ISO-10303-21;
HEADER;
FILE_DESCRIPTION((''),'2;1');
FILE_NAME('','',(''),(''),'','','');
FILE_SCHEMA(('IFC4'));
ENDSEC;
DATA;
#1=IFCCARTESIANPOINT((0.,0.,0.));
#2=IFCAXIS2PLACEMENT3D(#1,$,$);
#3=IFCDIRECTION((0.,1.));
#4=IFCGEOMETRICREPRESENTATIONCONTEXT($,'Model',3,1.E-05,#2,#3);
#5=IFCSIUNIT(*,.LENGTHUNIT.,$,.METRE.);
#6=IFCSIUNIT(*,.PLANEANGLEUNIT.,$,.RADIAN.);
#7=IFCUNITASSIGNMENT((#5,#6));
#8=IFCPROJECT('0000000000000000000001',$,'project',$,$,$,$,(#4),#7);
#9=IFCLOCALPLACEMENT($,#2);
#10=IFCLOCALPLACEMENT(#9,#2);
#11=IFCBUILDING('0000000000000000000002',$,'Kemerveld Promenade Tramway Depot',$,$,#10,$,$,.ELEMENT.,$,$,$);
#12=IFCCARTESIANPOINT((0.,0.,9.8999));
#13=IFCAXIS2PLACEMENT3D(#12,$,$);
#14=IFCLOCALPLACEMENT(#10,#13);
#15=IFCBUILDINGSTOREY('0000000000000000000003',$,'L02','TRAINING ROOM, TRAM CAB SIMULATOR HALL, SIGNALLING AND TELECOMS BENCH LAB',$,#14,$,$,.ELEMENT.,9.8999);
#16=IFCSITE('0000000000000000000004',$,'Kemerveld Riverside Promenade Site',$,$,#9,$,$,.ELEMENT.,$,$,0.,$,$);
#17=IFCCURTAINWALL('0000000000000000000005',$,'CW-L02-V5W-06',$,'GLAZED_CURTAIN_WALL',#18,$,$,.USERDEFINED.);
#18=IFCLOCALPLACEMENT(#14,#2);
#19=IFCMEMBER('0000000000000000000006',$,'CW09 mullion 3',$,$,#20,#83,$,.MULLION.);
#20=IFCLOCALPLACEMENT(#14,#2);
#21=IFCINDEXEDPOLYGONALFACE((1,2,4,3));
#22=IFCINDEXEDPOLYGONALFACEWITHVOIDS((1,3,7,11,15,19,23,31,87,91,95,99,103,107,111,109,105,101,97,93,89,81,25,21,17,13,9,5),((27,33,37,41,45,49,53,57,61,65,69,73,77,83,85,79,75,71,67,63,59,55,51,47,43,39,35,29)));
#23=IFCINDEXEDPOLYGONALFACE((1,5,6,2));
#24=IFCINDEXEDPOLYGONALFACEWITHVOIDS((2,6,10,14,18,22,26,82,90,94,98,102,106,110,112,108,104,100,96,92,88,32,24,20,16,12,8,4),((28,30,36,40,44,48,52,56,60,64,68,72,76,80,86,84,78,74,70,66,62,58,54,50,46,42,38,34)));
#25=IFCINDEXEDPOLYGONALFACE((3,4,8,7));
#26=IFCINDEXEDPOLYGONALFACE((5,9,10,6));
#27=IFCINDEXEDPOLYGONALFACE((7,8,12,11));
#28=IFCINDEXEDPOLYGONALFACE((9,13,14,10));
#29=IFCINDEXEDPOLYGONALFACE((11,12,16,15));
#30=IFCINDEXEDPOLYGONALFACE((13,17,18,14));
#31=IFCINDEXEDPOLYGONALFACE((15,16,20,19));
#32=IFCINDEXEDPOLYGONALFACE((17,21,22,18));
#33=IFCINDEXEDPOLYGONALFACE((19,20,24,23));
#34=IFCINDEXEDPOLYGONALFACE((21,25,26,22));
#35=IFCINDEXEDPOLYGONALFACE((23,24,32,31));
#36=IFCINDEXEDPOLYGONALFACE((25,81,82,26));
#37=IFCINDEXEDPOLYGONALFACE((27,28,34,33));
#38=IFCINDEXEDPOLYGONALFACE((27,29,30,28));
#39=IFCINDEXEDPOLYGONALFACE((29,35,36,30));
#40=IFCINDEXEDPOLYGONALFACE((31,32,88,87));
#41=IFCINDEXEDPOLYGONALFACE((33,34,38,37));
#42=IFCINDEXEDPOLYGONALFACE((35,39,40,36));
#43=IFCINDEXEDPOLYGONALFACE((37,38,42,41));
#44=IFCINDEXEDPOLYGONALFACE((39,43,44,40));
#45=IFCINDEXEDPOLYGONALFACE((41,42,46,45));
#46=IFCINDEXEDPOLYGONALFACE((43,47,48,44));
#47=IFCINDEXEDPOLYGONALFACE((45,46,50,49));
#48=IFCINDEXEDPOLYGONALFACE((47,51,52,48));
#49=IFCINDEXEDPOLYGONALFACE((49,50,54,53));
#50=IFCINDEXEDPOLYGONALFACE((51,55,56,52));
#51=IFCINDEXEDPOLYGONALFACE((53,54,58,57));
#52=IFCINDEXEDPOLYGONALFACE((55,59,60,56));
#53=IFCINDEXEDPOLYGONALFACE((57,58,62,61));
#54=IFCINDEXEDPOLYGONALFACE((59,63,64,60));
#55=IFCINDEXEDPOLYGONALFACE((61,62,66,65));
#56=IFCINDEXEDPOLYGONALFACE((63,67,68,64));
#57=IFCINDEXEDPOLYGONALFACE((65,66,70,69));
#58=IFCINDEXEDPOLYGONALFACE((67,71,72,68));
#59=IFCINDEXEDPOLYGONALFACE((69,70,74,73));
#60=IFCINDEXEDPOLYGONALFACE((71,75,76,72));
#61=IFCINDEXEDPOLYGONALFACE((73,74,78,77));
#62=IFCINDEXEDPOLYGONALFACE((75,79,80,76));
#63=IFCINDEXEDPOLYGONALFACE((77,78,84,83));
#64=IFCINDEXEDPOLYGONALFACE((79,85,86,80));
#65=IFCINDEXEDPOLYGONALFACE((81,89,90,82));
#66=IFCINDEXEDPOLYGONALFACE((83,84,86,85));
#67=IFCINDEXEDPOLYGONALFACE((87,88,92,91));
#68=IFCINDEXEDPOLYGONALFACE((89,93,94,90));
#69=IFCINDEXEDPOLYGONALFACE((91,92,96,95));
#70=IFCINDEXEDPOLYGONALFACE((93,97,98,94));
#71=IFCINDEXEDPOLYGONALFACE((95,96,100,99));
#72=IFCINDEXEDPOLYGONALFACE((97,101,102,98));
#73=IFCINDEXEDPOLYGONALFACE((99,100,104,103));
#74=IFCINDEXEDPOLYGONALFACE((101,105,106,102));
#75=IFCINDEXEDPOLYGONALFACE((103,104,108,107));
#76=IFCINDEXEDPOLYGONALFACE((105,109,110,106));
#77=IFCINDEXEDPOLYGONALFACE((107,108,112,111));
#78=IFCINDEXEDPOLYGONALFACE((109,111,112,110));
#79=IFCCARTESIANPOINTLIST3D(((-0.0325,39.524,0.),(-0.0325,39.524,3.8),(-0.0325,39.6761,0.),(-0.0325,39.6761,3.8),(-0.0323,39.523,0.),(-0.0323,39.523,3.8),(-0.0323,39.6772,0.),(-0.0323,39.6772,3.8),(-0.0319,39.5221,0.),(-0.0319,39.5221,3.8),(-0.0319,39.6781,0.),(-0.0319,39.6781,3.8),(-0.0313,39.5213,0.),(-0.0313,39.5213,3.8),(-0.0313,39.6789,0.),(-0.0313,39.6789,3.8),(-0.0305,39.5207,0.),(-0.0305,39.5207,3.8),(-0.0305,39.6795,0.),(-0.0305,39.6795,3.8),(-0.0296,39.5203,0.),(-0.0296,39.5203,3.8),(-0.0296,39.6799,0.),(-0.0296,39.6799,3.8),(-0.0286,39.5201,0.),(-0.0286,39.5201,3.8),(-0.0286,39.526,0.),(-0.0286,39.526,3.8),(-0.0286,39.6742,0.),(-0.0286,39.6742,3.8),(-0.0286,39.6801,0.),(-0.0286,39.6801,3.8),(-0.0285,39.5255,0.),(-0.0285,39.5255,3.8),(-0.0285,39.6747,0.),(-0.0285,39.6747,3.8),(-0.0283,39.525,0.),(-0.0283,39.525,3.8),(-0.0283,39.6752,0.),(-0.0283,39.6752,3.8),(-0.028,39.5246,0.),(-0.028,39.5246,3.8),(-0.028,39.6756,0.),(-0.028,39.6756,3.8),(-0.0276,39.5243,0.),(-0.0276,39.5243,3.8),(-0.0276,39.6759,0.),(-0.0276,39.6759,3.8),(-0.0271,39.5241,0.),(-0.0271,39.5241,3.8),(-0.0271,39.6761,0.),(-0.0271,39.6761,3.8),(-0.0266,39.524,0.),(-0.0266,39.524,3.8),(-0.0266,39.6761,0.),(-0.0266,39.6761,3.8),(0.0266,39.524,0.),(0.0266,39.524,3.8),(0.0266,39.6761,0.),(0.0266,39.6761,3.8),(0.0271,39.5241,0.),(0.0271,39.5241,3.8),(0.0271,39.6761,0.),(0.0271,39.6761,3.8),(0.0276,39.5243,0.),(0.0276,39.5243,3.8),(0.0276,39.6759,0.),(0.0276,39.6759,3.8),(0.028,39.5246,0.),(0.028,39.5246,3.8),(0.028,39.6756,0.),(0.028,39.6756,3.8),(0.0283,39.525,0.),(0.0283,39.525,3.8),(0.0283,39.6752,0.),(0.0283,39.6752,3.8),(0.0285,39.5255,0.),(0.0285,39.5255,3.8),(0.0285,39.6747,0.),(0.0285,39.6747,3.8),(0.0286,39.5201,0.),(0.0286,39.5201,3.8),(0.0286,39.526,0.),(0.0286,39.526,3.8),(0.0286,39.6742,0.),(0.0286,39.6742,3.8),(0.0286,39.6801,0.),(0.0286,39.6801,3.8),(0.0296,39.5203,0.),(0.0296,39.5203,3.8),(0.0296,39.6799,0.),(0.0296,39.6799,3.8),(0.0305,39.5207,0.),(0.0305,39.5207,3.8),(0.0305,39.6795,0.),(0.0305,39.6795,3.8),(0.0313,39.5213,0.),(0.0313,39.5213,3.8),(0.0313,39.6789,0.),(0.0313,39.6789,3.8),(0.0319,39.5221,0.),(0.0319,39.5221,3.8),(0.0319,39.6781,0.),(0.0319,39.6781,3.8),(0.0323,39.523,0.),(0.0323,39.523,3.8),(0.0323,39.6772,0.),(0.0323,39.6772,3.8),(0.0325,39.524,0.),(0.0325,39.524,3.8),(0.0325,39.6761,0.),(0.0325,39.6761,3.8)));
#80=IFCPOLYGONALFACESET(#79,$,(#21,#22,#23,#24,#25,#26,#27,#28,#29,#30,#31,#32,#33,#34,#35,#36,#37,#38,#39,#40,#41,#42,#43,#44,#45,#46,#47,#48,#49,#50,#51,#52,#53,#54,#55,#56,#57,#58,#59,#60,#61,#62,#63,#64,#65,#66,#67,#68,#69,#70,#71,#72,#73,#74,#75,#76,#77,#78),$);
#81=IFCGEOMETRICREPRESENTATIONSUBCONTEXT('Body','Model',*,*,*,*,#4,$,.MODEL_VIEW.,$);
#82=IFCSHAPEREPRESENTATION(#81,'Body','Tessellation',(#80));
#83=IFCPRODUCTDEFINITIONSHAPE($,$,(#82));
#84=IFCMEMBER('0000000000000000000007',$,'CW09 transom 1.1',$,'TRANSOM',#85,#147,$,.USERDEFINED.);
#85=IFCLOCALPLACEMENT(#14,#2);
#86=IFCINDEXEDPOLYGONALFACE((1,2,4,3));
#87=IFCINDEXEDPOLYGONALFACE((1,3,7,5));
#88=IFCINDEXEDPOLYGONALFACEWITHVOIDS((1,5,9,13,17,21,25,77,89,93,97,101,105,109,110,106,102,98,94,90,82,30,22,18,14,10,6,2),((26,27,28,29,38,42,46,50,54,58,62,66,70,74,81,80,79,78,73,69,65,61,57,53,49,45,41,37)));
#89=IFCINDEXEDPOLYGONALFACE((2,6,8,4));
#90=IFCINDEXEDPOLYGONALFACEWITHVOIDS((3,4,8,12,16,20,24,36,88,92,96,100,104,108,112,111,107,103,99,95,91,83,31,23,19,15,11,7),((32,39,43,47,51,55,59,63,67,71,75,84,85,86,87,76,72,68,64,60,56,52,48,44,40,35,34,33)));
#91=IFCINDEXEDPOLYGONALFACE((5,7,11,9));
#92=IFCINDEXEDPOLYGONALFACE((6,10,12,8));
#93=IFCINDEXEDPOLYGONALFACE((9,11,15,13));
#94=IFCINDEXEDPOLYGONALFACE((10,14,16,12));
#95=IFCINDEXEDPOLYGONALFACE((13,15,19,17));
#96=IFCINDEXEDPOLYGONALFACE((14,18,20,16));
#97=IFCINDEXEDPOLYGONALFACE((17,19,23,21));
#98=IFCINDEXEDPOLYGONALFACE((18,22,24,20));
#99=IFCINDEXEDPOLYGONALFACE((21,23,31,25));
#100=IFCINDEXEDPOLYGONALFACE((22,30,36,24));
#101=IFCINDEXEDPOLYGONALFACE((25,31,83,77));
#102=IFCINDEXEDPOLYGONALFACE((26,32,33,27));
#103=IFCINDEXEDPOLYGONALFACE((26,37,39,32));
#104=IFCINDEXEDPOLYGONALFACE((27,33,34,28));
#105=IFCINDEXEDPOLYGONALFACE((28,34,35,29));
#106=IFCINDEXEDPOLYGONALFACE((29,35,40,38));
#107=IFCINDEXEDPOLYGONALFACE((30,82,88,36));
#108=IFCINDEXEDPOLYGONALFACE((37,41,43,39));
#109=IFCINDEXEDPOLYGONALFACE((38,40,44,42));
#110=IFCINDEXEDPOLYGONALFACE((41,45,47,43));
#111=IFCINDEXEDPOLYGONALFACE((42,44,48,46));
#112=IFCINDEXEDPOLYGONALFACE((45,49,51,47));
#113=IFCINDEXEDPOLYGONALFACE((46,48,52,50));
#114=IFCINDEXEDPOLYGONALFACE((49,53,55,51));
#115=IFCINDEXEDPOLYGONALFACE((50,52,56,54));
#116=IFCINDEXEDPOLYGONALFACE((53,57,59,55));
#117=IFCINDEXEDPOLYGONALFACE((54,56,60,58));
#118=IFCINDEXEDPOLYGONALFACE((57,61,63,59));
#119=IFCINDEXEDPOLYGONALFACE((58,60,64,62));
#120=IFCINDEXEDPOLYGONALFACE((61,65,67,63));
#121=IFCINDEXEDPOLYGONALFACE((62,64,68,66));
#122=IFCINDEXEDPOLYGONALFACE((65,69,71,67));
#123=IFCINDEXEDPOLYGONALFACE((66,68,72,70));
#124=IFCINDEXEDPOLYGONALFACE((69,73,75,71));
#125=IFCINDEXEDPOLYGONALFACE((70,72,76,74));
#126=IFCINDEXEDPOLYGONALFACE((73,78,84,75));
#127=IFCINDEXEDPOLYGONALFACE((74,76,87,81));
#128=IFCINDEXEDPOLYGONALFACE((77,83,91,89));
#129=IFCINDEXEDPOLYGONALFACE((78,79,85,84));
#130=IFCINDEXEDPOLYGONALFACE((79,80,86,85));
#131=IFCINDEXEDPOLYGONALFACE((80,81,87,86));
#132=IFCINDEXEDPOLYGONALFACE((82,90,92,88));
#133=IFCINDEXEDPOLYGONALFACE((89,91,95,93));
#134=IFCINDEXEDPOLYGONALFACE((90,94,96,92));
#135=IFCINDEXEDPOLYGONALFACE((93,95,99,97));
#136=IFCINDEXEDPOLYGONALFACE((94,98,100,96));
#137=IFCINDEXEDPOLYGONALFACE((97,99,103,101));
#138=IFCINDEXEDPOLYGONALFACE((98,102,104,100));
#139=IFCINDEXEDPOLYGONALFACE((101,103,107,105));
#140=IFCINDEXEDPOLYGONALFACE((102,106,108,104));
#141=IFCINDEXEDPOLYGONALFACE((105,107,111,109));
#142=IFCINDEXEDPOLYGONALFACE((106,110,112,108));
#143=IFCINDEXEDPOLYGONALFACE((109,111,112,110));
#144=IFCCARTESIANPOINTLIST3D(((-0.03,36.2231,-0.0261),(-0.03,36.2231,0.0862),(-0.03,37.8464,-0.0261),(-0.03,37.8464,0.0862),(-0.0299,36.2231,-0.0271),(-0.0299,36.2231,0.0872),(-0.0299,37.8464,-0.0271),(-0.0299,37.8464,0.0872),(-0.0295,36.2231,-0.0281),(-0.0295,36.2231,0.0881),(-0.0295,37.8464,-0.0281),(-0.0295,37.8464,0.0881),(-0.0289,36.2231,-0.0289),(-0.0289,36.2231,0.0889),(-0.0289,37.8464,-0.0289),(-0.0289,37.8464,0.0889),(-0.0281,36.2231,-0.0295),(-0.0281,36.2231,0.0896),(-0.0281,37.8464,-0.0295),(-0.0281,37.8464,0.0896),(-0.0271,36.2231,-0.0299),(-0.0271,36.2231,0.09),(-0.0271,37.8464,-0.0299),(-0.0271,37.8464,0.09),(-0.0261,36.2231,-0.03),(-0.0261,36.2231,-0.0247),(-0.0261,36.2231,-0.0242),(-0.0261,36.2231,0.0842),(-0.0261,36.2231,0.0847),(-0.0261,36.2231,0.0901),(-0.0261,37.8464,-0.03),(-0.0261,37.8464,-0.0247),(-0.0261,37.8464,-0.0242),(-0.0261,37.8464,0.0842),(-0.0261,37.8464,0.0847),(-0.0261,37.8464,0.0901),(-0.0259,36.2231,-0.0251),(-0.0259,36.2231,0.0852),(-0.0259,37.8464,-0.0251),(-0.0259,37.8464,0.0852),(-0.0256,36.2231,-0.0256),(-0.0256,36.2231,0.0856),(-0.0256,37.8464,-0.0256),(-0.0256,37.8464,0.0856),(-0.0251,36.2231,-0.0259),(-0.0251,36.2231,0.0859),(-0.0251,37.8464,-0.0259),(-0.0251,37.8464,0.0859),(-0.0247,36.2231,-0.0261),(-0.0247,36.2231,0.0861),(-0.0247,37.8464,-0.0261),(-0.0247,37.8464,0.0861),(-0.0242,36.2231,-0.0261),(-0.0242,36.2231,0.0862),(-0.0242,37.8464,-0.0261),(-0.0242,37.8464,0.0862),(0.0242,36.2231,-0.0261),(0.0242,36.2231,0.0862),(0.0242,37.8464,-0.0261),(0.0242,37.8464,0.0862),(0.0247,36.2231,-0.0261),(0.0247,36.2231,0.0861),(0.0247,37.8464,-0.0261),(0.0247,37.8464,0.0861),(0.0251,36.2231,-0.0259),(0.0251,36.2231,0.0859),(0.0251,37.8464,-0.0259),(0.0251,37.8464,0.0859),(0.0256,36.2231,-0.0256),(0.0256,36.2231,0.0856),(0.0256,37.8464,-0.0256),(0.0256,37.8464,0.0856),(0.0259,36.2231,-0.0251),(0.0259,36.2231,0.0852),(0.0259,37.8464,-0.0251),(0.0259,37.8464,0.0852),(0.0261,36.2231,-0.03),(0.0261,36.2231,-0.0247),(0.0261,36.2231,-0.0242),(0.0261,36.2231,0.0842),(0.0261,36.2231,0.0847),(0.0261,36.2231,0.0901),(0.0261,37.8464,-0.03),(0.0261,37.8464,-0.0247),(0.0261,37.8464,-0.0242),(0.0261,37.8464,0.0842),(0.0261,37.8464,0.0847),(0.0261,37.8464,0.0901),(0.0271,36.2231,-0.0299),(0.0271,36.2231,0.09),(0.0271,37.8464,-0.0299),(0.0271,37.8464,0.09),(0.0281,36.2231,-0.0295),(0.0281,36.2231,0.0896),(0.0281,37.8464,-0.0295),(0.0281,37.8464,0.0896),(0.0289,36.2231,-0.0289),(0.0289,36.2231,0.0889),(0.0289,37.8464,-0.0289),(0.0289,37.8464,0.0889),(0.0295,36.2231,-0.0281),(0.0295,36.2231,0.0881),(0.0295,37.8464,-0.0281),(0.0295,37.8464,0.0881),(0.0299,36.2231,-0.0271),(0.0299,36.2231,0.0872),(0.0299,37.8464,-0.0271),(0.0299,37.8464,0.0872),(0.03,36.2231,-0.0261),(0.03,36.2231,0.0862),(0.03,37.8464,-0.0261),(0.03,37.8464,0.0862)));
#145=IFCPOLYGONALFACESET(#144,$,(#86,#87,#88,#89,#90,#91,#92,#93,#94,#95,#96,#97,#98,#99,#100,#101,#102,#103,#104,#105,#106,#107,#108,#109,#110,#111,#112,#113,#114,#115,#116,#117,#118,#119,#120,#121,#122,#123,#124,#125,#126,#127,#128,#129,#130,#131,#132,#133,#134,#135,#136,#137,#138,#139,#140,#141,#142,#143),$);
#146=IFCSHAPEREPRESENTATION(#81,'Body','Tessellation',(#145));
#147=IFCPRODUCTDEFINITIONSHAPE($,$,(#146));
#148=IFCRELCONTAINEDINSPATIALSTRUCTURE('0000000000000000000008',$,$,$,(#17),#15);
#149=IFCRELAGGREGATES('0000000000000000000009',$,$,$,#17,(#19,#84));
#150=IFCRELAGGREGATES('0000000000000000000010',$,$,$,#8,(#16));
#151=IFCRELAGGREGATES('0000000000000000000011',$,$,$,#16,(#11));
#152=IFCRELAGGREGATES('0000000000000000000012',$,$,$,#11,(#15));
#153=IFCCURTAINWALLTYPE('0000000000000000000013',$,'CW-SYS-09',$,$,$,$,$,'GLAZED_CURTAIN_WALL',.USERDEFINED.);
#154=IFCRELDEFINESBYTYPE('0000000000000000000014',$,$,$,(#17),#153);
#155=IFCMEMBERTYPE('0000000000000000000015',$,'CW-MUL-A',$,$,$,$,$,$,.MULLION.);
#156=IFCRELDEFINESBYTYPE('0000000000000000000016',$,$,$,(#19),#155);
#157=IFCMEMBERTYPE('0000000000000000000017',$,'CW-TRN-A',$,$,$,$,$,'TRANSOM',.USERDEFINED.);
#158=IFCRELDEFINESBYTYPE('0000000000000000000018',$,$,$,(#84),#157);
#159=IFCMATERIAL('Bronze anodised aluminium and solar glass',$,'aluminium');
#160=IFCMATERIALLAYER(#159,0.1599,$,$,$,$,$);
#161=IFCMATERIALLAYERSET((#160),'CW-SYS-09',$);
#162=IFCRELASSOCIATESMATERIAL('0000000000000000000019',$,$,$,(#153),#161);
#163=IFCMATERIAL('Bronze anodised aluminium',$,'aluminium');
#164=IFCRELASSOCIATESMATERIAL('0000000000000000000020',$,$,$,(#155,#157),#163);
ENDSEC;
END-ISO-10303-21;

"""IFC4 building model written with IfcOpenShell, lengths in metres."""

from ifc_helpers import new_model, si_unit, direction, frame, origin, origin_2d, place, context, subcontext, project, spatial, hollow_rectangle, extrude, material, layer, layer_set, material_profile, profile_set, type_object, element, aggregate, save


model = new_model("IFC4")

# Units and contexts
model_context = context("Model", 3, precision=1e-05, world=origin(), true_north=direction((0.0, 1.0)))
body_context = subcontext(model_context, "Body", "Model", "MODEL_VIEW")
ifc_project = project(units=[si_unit("LENGTHUNIT", "METRE"), si_unit("PLANEANGLEUNIT", "RADIAN")], contexts=[model_context])

# Site, building, storey
site_placement = place(None, origin())
site = spatial("IfcSite", under=ifc_project, at=site_placement, Name="Kemerveld Riverside Promenade Site", CompositionType="ELEMENT", RefElevation=0.0)
building_placement = place(site_placement, origin())
building = spatial("IfcBuilding", under=site, at=building_placement, Name="Kemerveld Promenade Tramway Depot", CompositionType="ELEMENT")
storey_placement = place(building_placement, frame((0.0, 0.0, 9.8999)))
storey = spatial("IfcBuildingStorey", under=building, at=storey_placement, Name="L02", Description="TRAINING ROOM, TRAM CAB SIMULATOR HALL, SIGNALLING AND TELECOMS BENCH LAB", CompositionType="ELEMENT", Elevation=9.8999)

# Curtain wall, members
ifc_material_1 = material(Name="Bronze anodised aluminium and solar glass", Category="aluminium")
ifc_layer_1 = layer(ifc_material_1, 0.1599)
ifc_layer_set_1 = layer_set([ifc_layer_1], Name="CW-SYS-09")
curtain_wall_type = type_object("IfcCurtainWallType", Name="CW-SYS-09", ElementType="GLAZED_CURTAIN_WALL", PredefinedType="USERDEFINED", material=ifc_layer_set_1)
curtain_wall_placement = place(storey_placement, origin())
curtain_wall = element("IfcCurtainWall", 1, at=curtain_wall_placement, inside=storey, type_object=curtain_wall_type, Name="CW-L02-V5W-06", ObjectType="GLAZED_CURTAIN_WALL", PredefinedType="USERDEFINED")
ifc_material_2 = material(Name="Bronze anodised aluminium", Category="aluminium")
ifc_material_profile_1 = material_profile(ifc_material_2, hollow_rectangle(XDim=0.0649, YDim=0.1599, WallThickness=0.0039, InnerFilletRadius=0.002, OuterFilletRadius=0.0039, at=origin_2d()), Name="CW-MUL-160x65")
ifc_profile_set_1 = profile_set([ifc_material_profile_1], Name="Bronze anodised aluminium")
member_type_1 = type_object("IfcMemberType", Name="CW-MUL-A", PredefinedType="MULLION", material=ifc_profile_set_1)
member_1_placement = place(storey_placement, frame((0.0, 39.6001, 0.0), z_axis=(0.0, 0.0, 1.0), x_axis=(-1.0, 0.0, 0.0)))
member_1 = element("IfcMember", 2, at=member_1_placement, type_object=member_type_1, Name="CW09 mullion 3", PredefinedType="MULLION", context=body_context, shape_type="SweptSolid", body=[
    extrude(hollow_rectangle(XDim=0.0649, YDim=0.1599, WallThickness=0.0039, InnerFilletRadius=0.002, OuterFilletRadius=0.0039, at=origin_2d()), origin(), (0.0, 0.0, 1.0), 3.8),
])
ifc_material_profile_2 = material_profile(ifc_material_2, hollow_rectangle(XDim=0.0601, YDim=0.1201, WallThickness=0.0039, InnerFilletRadius=0.002, OuterFilletRadius=0.0039, at=origin_2d()), Name="CW-TRN-120x60")
ifc_profile_set_2 = profile_set([ifc_material_profile_2], Name="Bronze anodised aluminium")
member_type_2 = type_object("IfcMemberType", Name="CW-TRN-A", ElementType="TRANSOM", PredefinedType="USERDEFINED", material=ifc_profile_set_2)
member_2_placement = place(storey_placement, frame((0.0, 36.2231, 0.03), z_axis=(0.0, 1.0, 0.0), x_axis=(-1.0, 0.0, 0.0)))
member_2 = element("IfcMember", 3, at=member_2_placement, type_object=member_type_2, Name="CW09 transom 1.1", ObjectType="TRANSOM", PredefinedType="USERDEFINED", context=body_context, shape_type="SweptSolid", body=[
    extrude(hollow_rectangle(XDim=0.0601, YDim=0.1201, WallThickness=0.0039, InnerFilletRadius=0.002, OuterFilletRadius=0.0039, at=origin_2d()), origin(), (0.0, 0.0, 1.0), 1.6233),
])
aggregate(curtain_wall, [member_1, member_2])

save(model, "model.ifc")
